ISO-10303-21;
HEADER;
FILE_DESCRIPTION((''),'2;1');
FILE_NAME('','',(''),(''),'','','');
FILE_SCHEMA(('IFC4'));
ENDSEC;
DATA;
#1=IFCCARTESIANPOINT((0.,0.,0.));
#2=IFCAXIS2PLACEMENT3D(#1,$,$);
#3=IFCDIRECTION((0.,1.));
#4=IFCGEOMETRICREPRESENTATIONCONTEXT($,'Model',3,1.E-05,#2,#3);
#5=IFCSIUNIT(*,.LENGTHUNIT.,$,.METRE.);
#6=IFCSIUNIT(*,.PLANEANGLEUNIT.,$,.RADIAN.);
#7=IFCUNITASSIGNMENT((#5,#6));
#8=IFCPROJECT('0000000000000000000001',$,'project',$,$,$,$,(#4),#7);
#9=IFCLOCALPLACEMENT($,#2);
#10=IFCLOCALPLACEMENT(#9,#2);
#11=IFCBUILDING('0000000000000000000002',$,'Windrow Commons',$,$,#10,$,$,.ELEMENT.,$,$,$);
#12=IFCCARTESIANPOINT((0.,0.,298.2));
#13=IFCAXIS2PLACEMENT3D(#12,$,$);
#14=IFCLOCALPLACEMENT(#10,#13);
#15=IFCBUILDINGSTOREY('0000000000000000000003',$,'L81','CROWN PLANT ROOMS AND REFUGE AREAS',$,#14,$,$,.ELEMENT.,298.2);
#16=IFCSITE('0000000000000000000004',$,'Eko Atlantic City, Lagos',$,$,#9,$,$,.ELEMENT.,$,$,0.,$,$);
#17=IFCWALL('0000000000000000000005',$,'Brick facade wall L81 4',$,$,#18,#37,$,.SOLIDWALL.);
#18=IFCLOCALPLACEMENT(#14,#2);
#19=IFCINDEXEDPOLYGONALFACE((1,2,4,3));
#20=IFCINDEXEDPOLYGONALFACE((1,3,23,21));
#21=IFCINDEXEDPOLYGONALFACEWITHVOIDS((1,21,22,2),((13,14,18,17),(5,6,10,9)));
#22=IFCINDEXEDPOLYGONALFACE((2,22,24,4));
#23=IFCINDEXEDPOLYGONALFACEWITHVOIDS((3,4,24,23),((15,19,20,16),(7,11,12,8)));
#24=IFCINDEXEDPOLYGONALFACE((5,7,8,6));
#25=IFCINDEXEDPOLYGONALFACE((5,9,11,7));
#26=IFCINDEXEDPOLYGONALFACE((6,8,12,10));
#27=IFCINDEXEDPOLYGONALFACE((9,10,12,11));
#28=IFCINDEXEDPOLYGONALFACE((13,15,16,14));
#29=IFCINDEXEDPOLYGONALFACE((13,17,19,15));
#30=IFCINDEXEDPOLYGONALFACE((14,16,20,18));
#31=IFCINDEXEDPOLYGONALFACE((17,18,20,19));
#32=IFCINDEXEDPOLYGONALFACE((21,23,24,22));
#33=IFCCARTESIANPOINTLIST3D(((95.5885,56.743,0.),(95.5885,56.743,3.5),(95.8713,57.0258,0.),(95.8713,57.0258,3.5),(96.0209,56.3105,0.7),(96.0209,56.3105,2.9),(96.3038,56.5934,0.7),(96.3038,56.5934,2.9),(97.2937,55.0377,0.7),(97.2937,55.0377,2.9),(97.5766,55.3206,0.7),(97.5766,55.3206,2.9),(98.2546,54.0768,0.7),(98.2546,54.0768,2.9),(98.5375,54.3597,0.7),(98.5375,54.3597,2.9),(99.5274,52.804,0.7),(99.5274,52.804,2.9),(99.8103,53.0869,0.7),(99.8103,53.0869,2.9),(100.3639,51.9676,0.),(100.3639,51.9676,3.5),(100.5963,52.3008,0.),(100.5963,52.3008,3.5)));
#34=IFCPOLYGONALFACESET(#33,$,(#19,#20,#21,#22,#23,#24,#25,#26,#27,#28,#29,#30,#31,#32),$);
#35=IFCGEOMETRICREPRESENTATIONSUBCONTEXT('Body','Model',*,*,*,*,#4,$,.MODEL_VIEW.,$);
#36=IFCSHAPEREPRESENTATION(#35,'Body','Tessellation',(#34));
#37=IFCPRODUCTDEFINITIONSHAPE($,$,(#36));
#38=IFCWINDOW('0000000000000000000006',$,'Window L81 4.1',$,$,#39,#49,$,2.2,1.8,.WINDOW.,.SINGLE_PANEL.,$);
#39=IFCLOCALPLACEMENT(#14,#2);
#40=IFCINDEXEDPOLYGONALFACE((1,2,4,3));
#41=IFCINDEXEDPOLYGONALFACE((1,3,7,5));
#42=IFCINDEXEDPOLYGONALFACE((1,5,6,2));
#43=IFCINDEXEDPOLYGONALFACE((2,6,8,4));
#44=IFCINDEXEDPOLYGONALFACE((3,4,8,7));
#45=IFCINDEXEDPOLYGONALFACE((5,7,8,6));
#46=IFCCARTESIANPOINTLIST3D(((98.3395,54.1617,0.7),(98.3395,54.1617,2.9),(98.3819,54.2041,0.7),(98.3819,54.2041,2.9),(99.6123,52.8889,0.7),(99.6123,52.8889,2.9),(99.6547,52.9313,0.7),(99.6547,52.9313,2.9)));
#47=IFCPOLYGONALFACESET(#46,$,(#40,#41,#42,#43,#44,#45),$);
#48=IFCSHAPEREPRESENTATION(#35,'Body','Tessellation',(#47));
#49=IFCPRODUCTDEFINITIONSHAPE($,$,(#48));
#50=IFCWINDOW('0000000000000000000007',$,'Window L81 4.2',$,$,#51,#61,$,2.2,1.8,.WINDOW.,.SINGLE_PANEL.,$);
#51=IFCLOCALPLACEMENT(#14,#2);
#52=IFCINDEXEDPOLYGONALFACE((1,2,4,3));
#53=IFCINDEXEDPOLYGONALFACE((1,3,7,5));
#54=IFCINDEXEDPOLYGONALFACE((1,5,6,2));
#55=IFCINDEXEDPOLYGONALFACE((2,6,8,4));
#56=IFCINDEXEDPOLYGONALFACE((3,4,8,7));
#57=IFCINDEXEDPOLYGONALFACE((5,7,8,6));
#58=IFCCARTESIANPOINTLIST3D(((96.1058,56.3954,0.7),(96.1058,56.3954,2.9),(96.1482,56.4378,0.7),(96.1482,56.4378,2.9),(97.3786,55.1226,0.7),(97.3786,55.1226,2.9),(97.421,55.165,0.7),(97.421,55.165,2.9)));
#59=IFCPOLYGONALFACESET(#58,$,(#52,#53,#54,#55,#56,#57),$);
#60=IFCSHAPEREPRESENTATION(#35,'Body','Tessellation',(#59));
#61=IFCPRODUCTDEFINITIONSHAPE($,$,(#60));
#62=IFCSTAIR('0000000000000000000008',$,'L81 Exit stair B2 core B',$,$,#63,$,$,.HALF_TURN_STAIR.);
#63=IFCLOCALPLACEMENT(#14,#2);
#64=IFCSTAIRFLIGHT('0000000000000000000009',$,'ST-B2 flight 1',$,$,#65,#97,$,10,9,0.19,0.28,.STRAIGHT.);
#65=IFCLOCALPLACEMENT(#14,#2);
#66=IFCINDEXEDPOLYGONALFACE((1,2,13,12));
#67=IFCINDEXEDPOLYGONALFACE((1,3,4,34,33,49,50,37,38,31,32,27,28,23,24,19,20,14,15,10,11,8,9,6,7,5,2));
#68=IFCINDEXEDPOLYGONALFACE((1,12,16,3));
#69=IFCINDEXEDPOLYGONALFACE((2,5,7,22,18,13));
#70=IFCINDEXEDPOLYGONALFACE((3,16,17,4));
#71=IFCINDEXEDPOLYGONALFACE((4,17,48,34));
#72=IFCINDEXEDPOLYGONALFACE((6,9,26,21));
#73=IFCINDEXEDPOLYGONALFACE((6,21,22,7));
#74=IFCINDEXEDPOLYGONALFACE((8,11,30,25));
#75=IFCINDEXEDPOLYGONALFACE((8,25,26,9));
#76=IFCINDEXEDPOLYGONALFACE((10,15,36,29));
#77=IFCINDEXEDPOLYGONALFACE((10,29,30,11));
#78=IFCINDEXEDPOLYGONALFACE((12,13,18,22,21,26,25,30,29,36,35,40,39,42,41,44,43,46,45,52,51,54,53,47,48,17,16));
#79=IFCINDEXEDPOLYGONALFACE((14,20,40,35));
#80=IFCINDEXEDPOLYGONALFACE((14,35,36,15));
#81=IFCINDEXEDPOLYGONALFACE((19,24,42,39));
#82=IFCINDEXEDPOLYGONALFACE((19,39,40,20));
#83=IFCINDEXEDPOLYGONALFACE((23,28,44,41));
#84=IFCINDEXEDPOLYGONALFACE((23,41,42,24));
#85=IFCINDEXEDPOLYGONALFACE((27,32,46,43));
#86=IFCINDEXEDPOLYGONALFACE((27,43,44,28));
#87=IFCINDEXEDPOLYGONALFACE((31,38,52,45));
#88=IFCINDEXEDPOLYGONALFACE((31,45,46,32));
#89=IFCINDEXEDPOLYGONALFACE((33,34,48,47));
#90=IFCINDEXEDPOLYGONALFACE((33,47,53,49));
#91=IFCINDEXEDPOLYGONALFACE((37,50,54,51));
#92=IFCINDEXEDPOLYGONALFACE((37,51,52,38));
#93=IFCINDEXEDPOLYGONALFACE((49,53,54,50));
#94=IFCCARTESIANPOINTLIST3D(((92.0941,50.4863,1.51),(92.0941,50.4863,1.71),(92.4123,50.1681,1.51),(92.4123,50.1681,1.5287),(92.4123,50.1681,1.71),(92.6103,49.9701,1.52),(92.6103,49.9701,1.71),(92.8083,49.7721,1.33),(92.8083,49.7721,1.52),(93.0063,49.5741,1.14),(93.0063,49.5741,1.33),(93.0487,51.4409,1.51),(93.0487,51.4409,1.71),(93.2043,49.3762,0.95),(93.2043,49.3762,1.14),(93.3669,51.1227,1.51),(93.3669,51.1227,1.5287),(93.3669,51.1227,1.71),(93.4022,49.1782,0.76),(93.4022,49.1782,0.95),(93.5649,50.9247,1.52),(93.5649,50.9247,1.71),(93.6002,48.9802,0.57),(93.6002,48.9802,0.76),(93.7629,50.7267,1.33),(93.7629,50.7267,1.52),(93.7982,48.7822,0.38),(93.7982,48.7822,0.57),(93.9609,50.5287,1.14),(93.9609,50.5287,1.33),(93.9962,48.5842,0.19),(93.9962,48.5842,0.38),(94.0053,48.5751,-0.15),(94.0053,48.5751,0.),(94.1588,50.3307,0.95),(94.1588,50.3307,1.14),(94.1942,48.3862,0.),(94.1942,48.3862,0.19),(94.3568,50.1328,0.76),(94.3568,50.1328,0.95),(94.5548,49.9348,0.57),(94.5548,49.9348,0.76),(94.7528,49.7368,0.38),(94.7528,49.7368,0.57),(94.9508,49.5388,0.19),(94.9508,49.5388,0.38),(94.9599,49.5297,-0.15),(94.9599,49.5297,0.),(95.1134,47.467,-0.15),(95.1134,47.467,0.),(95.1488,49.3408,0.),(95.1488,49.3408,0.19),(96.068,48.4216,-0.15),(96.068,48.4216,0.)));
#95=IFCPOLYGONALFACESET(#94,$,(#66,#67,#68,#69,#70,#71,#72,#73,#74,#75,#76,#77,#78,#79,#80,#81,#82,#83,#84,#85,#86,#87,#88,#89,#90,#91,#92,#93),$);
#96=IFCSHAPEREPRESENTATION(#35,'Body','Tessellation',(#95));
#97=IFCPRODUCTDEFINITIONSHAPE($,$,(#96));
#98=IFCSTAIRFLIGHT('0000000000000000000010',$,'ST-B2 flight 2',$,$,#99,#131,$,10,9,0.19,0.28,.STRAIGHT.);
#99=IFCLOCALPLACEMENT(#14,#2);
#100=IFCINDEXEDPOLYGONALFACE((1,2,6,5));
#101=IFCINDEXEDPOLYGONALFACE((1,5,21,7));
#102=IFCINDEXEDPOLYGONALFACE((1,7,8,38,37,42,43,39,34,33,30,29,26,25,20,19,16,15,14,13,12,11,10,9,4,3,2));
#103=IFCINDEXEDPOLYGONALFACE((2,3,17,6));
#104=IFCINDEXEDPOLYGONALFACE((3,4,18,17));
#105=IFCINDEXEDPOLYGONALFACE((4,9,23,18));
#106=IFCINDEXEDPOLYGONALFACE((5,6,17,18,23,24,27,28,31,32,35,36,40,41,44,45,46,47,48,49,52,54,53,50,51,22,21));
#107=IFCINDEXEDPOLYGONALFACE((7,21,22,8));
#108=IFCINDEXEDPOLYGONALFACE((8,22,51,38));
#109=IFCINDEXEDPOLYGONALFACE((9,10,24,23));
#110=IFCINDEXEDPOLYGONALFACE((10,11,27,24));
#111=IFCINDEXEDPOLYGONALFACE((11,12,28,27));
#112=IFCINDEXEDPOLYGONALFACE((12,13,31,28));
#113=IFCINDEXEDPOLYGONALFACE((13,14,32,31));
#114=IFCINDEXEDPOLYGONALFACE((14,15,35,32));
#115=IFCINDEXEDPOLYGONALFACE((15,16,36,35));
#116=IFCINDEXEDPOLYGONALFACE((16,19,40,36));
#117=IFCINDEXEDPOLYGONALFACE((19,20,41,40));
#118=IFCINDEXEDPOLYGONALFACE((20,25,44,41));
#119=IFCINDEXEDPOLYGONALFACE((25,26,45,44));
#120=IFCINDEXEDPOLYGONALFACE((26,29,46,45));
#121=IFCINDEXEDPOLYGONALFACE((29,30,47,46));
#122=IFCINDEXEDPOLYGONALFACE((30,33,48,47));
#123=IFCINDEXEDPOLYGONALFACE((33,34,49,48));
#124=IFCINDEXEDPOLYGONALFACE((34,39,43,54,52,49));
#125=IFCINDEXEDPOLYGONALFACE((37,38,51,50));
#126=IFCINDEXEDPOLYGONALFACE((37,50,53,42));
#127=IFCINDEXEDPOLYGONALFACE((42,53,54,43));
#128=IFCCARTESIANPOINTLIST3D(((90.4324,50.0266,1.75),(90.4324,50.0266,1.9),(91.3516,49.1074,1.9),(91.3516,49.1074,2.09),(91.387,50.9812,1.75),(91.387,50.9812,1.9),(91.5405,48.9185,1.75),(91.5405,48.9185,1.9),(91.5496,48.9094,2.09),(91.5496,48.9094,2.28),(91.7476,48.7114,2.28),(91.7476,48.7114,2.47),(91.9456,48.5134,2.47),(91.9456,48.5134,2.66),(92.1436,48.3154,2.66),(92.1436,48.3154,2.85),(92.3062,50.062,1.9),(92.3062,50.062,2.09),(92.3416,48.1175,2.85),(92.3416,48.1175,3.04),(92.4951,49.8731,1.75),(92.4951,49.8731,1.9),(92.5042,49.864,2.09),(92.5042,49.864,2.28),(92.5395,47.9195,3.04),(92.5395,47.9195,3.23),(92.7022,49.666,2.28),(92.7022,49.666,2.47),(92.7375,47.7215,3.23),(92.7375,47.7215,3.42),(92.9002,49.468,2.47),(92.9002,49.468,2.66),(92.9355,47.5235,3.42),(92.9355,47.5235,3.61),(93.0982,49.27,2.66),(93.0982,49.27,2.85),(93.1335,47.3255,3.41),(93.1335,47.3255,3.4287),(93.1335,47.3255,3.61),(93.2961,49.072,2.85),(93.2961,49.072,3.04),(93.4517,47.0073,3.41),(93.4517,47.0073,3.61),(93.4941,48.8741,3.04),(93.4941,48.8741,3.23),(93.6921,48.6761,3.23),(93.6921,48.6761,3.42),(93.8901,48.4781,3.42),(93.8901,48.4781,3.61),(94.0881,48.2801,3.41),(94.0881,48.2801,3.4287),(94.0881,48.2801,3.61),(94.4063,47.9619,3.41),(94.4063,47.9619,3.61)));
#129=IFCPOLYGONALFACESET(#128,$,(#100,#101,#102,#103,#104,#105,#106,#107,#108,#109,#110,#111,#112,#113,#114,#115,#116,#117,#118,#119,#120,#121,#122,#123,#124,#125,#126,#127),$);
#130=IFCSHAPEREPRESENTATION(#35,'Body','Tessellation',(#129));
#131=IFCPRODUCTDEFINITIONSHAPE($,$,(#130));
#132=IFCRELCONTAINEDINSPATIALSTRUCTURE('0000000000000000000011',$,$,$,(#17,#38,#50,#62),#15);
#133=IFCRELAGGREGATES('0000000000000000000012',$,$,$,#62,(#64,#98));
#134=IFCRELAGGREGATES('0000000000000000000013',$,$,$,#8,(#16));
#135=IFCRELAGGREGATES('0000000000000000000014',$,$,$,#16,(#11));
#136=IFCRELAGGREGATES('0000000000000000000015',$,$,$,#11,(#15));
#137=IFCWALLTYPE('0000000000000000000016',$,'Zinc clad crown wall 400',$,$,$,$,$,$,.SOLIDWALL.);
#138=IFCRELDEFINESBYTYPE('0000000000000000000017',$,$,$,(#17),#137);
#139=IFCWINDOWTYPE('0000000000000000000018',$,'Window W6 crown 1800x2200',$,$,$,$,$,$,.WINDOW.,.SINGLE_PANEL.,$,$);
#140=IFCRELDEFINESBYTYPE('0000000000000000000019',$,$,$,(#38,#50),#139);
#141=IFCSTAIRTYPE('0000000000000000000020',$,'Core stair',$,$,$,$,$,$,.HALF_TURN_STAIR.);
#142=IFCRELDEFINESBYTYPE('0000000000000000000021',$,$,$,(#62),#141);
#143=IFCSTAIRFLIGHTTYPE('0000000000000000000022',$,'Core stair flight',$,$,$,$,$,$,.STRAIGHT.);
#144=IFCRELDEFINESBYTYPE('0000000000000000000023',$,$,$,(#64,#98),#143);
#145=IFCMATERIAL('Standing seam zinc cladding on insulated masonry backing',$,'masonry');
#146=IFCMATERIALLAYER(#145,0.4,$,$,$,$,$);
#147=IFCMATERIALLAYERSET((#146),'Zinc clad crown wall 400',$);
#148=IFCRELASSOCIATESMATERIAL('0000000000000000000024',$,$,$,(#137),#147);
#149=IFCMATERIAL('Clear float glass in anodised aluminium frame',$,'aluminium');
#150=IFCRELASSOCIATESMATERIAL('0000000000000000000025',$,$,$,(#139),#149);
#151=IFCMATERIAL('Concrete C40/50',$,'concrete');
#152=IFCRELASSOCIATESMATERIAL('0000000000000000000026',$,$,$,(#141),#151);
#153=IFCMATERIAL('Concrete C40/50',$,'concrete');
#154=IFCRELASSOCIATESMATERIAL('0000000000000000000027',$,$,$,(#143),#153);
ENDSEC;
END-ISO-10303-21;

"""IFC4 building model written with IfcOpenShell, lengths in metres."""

from ifc_helpers import new_model, si_unit, direction, frame, frame_2d, origin, place, context, subcontext, project, spatial, polyline, rectangle, outline, extrude, material, layer, layer_set, type_object, element, fill, aggregate, save


model = new_model("IFC4")

# Units and contexts
model_context = context("Model", 3, precision=1e-05, world=origin(), true_north=direction((0.0, 1.0)))
body_context = subcontext(model_context, "Body", "Model", "MODEL_VIEW")
ifc_project = project(units=[si_unit("LENGTHUNIT", "METRE"), si_unit("PLANEANGLEUNIT", "RADIAN")], contexts=[model_context])

# Site, building, storey
site_placement = place(None, origin())
site = spatial("IfcSite", under=ifc_project, at=site_placement, Name="Eko Atlantic City, Lagos", CompositionType="ELEMENT", RefElevation=0.0)
building_placement = place(site_placement, origin())
building = spatial("IfcBuilding", under=site, at=building_placement, Name="Windrow Commons", CompositionType="ELEMENT")
storey_placement = place(building_placement, frame((0.0, 0.0, 298.2)))
storey = spatial("IfcBuildingStorey", under=building, at=storey_placement, Name="L81", Description="CROWN PLANT ROOMS AND REFUGE AREAS", CompositionType="ELEMENT", Elevation=298.2)

# Shared definitions
ifc_material_1 = material(Name="Standing seam zinc cladding on insulated masonry backing", Category="masonry")
ifc_layer_1 = layer(ifc_material_1, 0.4)
ifc_layer_set_1 = layer_set([ifc_layer_1], Name="Zinc clad crown wall 400")
wall_type_1 = type_object("IfcWallType", Name="Zinc clad crown wall 400", PredefinedType="SOLIDWALL", material=ifc_layer_set_1)
ifc_material_2 = material(Name="Clear float glass in anodised aluminium frame", Category="aluminium")
window_type = type_object("IfcWindowType", Name="Window W6 crown 1800x2200", PartitioningType="SINGLE_PANEL", PredefinedType="WINDOW", material=ifc_material_2)

# Wall, openings, windows
wall_1_placement = place(storey_placement, frame((100.4801, 52.1342, 0.0), z_axis=(0.0, 0.0, 1.0), x_axis=(-0.707107, 0.707107, 0.0)))
wall_1 = element("IfcWall", 1, at=wall_1_placement, inside=storey, type_object=wall_type_1, Name="Brick facade wall L81 4", PredefinedType="SOLIDWALL", context=body_context, shape_type="SweptSolid", body=[
    extrude(outline(polyline([(0.0356, -0.2), (6.7178, -0.2), (6.7178, 0.2), (-0.0356, 0.2), (0.0356, -0.2)])), origin(), (0.0, 0.0, 1.0), 3.5),
])
opening_1_placement = place(wall_1_placement, frame((1.1473, 0.0, 0.7)))
opening_1 = element("IfcOpeningElement", 2, at=opening_1_placement, cuts=wall_1, PredefinedType="OPENING", context=body_context, shape_type="SweptSolid", body=[
    extrude(rectangle(XDim=1.8, YDim=2.2, at=frame_2d((0.9, 1.1))), frame((0.0, 0.21, 0.0), z_axis=(0.0, -1.0, 0.0), x_axis=(1.0, 0.0, 0.0)), (0.0, 0.0, 1.0), 0.42),
])
opening_2_placement = place(wall_1_placement, frame((4.3062, 0.0, 0.7)))
opening_2 = element("IfcOpeningElement", 3, at=opening_2_placement, cuts=wall_1, PredefinedType="OPENING", context=body_context, shape_type="SweptSolid", body=[
    extrude(rectangle(XDim=1.8, YDim=2.2, at=frame_2d((0.9, 1.1))), frame((0.0, 0.21, 0.0), z_axis=(0.0, -1.0, 0.0), x_axis=(1.0, 0.0, 0.0)), (0.0, 0.0, 1.0), 0.42),
])
window_1_placement = place(opening_1_placement, origin())
window_1 = element("IfcWindow", 4, at=window_1_placement, inside=storey, type_object=window_type, Name="Window L81 4.1", OverallHeight=2.2, OverallWidth=1.8, PartitioningType="SINGLE_PANEL", PredefinedType="WINDOW", context=body_context, shape_type="SweptSolid", body=[
    extrude(rectangle(XDim=1.8, YDim=2.2, at=frame_2d((0.9, 1.1))), frame((0.0, 0.08, 0.0), z_axis=(0.0, -1.0, 0.0), x_axis=(1.0, 0.0, 0.0)), (0.0, 0.0, 1.0), 0.06),
])
fill(opening_1, window_1)
window_2_placement = place(opening_2_placement, origin())
window_2 = element("IfcWindow", 5, at=window_2_placement, inside=storey, type_object=window_type, Name="Window L81 4.2", OverallHeight=2.2, OverallWidth=1.8, PartitioningType="SINGLE_PANEL", PredefinedType="WINDOW", context=body_context, shape_type="SweptSolid", body=[
    extrude(rectangle(XDim=1.8, YDim=2.2, at=frame_2d((0.9, 1.1))), frame((0.0, 0.08, 0.0), z_axis=(0.0, -1.0, 0.0), x_axis=(1.0, 0.0, 0.0)), (0.0, 0.0, 1.0), 0.06),
])
fill(opening_2, window_2)

# Stair, stair flights
ifc_material_3 = material(Name="Concrete C40/50", Category="concrete")
stair_type = type_object("IfcStairType", Name="Core stair", PredefinedType="HALF_TURN_STAIR", material=ifc_material_3)
stair_placement = place(storey_placement, origin())
stair = element("IfcStair", 6, at=stair_placement, inside=storey, type_object=stair_type, Name="L81 Exit stair B2 core B", PredefinedType="HALF_TURN_STAIR")
ifc_material_4 = material(Name="Concrete C40/50", Category="concrete")
stair_flight_type = type_object("IfcStairFlightType", Name="Core stair flight", PredefinedType="STRAIGHT", material=ifc_material_4)
stair_flight_1_placement = place(storey_placement, frame((94.6715, 48.8635, 0.0), z_axis=(0.0, 0.0, 1.0), x_axis=(-0.707107, 0.707107, 0.0)))
stair_flight_1 = element("IfcStairFlight", 7, at=stair_flight_1_placement, type_object=stair_flight_type, Name="ST-B2 flight 1", NumberOfRisers=10, NumberOfTreads=9, PredefinedType="STRAIGHT", RiserHeight=0.19, TreadLength=0.28, context=body_context, shape_type="SweptSolid", body=[
    extrude(outline(polyline([(-1.3, -0.15), (-1.3, 0.0), (0.0, 0.0), (0.0, 0.19), (0.28, 0.19), (0.28, 0.38), (0.56, 0.38), (0.56, 0.57), (0.84, 0.57), (0.84, 0.76), (1.12, 0.76), (1.12, 0.95), (1.4, 0.95), (1.4, 1.14), (1.68, 1.14), (1.68, 1.33), (1.96, 1.33), (1.96, 1.52), (2.24, 1.52), (2.24, 1.71), (2.52, 1.71), (2.97, 1.71), (2.97, 1.51), (2.52, 1.51), (2.52, 1.5287), (0.2671, 0.0), (0.2671, -0.15), (-1.3, -0.15)])), frame((0.0, 0.675, 0.0), z_axis=(0.0, -1.0, 0.0), x_axis=(1.0, 0.0, 0.0)), (0.0, 0.0, 1.0), 1.35),
])
stair_flight_2_placement = place(storey_placement, frame((91.8289, 49.5847, 1.9), z_axis=(0.0, 0.0, 1.0), x_axis=(0.707107, -0.707107, 0.0)))
stair_flight_2 = element("IfcStairFlight", 8, at=stair_flight_2_placement, type_object=stair_flight_type, Name="ST-B2 flight 2", NumberOfRisers=10, NumberOfTreads=9, PredefinedType="STRAIGHT", RiserHeight=0.19, TreadLength=0.28, context=body_context, shape_type="SweptSolid", body=[
    extrude(outline(polyline([(-1.3, -0.15), (-1.3, 0.0), (0.0, 0.0), (0.0, 0.19), (0.28, 0.19), (0.28, 0.38), (0.56, 0.38), (0.56, 0.57), (0.84, 0.57), (0.84, 0.76), (1.12, 0.76), (1.12, 0.95), (1.4, 0.95), (1.4, 1.14), (1.68, 1.14), (1.68, 1.33), (1.96, 1.33), (1.96, 1.52), (2.24, 1.52), (2.24, 1.71), (2.52, 1.71), (2.97, 1.71), (2.97, 1.51), (2.52, 1.51), (2.52, 1.5287), (0.2671, 0.0), (0.2671, -0.15), (-1.3, -0.15)])), frame((0.0, 0.675, 0.0), z_axis=(0.0, -1.0, 0.0), x_axis=(1.0, 0.0, 0.0)), (0.0, 0.0, 1.0), 1.35),
])
aggregate(stair, [stair_flight_1, stair_flight_2])

save(model, "model.ifc")
